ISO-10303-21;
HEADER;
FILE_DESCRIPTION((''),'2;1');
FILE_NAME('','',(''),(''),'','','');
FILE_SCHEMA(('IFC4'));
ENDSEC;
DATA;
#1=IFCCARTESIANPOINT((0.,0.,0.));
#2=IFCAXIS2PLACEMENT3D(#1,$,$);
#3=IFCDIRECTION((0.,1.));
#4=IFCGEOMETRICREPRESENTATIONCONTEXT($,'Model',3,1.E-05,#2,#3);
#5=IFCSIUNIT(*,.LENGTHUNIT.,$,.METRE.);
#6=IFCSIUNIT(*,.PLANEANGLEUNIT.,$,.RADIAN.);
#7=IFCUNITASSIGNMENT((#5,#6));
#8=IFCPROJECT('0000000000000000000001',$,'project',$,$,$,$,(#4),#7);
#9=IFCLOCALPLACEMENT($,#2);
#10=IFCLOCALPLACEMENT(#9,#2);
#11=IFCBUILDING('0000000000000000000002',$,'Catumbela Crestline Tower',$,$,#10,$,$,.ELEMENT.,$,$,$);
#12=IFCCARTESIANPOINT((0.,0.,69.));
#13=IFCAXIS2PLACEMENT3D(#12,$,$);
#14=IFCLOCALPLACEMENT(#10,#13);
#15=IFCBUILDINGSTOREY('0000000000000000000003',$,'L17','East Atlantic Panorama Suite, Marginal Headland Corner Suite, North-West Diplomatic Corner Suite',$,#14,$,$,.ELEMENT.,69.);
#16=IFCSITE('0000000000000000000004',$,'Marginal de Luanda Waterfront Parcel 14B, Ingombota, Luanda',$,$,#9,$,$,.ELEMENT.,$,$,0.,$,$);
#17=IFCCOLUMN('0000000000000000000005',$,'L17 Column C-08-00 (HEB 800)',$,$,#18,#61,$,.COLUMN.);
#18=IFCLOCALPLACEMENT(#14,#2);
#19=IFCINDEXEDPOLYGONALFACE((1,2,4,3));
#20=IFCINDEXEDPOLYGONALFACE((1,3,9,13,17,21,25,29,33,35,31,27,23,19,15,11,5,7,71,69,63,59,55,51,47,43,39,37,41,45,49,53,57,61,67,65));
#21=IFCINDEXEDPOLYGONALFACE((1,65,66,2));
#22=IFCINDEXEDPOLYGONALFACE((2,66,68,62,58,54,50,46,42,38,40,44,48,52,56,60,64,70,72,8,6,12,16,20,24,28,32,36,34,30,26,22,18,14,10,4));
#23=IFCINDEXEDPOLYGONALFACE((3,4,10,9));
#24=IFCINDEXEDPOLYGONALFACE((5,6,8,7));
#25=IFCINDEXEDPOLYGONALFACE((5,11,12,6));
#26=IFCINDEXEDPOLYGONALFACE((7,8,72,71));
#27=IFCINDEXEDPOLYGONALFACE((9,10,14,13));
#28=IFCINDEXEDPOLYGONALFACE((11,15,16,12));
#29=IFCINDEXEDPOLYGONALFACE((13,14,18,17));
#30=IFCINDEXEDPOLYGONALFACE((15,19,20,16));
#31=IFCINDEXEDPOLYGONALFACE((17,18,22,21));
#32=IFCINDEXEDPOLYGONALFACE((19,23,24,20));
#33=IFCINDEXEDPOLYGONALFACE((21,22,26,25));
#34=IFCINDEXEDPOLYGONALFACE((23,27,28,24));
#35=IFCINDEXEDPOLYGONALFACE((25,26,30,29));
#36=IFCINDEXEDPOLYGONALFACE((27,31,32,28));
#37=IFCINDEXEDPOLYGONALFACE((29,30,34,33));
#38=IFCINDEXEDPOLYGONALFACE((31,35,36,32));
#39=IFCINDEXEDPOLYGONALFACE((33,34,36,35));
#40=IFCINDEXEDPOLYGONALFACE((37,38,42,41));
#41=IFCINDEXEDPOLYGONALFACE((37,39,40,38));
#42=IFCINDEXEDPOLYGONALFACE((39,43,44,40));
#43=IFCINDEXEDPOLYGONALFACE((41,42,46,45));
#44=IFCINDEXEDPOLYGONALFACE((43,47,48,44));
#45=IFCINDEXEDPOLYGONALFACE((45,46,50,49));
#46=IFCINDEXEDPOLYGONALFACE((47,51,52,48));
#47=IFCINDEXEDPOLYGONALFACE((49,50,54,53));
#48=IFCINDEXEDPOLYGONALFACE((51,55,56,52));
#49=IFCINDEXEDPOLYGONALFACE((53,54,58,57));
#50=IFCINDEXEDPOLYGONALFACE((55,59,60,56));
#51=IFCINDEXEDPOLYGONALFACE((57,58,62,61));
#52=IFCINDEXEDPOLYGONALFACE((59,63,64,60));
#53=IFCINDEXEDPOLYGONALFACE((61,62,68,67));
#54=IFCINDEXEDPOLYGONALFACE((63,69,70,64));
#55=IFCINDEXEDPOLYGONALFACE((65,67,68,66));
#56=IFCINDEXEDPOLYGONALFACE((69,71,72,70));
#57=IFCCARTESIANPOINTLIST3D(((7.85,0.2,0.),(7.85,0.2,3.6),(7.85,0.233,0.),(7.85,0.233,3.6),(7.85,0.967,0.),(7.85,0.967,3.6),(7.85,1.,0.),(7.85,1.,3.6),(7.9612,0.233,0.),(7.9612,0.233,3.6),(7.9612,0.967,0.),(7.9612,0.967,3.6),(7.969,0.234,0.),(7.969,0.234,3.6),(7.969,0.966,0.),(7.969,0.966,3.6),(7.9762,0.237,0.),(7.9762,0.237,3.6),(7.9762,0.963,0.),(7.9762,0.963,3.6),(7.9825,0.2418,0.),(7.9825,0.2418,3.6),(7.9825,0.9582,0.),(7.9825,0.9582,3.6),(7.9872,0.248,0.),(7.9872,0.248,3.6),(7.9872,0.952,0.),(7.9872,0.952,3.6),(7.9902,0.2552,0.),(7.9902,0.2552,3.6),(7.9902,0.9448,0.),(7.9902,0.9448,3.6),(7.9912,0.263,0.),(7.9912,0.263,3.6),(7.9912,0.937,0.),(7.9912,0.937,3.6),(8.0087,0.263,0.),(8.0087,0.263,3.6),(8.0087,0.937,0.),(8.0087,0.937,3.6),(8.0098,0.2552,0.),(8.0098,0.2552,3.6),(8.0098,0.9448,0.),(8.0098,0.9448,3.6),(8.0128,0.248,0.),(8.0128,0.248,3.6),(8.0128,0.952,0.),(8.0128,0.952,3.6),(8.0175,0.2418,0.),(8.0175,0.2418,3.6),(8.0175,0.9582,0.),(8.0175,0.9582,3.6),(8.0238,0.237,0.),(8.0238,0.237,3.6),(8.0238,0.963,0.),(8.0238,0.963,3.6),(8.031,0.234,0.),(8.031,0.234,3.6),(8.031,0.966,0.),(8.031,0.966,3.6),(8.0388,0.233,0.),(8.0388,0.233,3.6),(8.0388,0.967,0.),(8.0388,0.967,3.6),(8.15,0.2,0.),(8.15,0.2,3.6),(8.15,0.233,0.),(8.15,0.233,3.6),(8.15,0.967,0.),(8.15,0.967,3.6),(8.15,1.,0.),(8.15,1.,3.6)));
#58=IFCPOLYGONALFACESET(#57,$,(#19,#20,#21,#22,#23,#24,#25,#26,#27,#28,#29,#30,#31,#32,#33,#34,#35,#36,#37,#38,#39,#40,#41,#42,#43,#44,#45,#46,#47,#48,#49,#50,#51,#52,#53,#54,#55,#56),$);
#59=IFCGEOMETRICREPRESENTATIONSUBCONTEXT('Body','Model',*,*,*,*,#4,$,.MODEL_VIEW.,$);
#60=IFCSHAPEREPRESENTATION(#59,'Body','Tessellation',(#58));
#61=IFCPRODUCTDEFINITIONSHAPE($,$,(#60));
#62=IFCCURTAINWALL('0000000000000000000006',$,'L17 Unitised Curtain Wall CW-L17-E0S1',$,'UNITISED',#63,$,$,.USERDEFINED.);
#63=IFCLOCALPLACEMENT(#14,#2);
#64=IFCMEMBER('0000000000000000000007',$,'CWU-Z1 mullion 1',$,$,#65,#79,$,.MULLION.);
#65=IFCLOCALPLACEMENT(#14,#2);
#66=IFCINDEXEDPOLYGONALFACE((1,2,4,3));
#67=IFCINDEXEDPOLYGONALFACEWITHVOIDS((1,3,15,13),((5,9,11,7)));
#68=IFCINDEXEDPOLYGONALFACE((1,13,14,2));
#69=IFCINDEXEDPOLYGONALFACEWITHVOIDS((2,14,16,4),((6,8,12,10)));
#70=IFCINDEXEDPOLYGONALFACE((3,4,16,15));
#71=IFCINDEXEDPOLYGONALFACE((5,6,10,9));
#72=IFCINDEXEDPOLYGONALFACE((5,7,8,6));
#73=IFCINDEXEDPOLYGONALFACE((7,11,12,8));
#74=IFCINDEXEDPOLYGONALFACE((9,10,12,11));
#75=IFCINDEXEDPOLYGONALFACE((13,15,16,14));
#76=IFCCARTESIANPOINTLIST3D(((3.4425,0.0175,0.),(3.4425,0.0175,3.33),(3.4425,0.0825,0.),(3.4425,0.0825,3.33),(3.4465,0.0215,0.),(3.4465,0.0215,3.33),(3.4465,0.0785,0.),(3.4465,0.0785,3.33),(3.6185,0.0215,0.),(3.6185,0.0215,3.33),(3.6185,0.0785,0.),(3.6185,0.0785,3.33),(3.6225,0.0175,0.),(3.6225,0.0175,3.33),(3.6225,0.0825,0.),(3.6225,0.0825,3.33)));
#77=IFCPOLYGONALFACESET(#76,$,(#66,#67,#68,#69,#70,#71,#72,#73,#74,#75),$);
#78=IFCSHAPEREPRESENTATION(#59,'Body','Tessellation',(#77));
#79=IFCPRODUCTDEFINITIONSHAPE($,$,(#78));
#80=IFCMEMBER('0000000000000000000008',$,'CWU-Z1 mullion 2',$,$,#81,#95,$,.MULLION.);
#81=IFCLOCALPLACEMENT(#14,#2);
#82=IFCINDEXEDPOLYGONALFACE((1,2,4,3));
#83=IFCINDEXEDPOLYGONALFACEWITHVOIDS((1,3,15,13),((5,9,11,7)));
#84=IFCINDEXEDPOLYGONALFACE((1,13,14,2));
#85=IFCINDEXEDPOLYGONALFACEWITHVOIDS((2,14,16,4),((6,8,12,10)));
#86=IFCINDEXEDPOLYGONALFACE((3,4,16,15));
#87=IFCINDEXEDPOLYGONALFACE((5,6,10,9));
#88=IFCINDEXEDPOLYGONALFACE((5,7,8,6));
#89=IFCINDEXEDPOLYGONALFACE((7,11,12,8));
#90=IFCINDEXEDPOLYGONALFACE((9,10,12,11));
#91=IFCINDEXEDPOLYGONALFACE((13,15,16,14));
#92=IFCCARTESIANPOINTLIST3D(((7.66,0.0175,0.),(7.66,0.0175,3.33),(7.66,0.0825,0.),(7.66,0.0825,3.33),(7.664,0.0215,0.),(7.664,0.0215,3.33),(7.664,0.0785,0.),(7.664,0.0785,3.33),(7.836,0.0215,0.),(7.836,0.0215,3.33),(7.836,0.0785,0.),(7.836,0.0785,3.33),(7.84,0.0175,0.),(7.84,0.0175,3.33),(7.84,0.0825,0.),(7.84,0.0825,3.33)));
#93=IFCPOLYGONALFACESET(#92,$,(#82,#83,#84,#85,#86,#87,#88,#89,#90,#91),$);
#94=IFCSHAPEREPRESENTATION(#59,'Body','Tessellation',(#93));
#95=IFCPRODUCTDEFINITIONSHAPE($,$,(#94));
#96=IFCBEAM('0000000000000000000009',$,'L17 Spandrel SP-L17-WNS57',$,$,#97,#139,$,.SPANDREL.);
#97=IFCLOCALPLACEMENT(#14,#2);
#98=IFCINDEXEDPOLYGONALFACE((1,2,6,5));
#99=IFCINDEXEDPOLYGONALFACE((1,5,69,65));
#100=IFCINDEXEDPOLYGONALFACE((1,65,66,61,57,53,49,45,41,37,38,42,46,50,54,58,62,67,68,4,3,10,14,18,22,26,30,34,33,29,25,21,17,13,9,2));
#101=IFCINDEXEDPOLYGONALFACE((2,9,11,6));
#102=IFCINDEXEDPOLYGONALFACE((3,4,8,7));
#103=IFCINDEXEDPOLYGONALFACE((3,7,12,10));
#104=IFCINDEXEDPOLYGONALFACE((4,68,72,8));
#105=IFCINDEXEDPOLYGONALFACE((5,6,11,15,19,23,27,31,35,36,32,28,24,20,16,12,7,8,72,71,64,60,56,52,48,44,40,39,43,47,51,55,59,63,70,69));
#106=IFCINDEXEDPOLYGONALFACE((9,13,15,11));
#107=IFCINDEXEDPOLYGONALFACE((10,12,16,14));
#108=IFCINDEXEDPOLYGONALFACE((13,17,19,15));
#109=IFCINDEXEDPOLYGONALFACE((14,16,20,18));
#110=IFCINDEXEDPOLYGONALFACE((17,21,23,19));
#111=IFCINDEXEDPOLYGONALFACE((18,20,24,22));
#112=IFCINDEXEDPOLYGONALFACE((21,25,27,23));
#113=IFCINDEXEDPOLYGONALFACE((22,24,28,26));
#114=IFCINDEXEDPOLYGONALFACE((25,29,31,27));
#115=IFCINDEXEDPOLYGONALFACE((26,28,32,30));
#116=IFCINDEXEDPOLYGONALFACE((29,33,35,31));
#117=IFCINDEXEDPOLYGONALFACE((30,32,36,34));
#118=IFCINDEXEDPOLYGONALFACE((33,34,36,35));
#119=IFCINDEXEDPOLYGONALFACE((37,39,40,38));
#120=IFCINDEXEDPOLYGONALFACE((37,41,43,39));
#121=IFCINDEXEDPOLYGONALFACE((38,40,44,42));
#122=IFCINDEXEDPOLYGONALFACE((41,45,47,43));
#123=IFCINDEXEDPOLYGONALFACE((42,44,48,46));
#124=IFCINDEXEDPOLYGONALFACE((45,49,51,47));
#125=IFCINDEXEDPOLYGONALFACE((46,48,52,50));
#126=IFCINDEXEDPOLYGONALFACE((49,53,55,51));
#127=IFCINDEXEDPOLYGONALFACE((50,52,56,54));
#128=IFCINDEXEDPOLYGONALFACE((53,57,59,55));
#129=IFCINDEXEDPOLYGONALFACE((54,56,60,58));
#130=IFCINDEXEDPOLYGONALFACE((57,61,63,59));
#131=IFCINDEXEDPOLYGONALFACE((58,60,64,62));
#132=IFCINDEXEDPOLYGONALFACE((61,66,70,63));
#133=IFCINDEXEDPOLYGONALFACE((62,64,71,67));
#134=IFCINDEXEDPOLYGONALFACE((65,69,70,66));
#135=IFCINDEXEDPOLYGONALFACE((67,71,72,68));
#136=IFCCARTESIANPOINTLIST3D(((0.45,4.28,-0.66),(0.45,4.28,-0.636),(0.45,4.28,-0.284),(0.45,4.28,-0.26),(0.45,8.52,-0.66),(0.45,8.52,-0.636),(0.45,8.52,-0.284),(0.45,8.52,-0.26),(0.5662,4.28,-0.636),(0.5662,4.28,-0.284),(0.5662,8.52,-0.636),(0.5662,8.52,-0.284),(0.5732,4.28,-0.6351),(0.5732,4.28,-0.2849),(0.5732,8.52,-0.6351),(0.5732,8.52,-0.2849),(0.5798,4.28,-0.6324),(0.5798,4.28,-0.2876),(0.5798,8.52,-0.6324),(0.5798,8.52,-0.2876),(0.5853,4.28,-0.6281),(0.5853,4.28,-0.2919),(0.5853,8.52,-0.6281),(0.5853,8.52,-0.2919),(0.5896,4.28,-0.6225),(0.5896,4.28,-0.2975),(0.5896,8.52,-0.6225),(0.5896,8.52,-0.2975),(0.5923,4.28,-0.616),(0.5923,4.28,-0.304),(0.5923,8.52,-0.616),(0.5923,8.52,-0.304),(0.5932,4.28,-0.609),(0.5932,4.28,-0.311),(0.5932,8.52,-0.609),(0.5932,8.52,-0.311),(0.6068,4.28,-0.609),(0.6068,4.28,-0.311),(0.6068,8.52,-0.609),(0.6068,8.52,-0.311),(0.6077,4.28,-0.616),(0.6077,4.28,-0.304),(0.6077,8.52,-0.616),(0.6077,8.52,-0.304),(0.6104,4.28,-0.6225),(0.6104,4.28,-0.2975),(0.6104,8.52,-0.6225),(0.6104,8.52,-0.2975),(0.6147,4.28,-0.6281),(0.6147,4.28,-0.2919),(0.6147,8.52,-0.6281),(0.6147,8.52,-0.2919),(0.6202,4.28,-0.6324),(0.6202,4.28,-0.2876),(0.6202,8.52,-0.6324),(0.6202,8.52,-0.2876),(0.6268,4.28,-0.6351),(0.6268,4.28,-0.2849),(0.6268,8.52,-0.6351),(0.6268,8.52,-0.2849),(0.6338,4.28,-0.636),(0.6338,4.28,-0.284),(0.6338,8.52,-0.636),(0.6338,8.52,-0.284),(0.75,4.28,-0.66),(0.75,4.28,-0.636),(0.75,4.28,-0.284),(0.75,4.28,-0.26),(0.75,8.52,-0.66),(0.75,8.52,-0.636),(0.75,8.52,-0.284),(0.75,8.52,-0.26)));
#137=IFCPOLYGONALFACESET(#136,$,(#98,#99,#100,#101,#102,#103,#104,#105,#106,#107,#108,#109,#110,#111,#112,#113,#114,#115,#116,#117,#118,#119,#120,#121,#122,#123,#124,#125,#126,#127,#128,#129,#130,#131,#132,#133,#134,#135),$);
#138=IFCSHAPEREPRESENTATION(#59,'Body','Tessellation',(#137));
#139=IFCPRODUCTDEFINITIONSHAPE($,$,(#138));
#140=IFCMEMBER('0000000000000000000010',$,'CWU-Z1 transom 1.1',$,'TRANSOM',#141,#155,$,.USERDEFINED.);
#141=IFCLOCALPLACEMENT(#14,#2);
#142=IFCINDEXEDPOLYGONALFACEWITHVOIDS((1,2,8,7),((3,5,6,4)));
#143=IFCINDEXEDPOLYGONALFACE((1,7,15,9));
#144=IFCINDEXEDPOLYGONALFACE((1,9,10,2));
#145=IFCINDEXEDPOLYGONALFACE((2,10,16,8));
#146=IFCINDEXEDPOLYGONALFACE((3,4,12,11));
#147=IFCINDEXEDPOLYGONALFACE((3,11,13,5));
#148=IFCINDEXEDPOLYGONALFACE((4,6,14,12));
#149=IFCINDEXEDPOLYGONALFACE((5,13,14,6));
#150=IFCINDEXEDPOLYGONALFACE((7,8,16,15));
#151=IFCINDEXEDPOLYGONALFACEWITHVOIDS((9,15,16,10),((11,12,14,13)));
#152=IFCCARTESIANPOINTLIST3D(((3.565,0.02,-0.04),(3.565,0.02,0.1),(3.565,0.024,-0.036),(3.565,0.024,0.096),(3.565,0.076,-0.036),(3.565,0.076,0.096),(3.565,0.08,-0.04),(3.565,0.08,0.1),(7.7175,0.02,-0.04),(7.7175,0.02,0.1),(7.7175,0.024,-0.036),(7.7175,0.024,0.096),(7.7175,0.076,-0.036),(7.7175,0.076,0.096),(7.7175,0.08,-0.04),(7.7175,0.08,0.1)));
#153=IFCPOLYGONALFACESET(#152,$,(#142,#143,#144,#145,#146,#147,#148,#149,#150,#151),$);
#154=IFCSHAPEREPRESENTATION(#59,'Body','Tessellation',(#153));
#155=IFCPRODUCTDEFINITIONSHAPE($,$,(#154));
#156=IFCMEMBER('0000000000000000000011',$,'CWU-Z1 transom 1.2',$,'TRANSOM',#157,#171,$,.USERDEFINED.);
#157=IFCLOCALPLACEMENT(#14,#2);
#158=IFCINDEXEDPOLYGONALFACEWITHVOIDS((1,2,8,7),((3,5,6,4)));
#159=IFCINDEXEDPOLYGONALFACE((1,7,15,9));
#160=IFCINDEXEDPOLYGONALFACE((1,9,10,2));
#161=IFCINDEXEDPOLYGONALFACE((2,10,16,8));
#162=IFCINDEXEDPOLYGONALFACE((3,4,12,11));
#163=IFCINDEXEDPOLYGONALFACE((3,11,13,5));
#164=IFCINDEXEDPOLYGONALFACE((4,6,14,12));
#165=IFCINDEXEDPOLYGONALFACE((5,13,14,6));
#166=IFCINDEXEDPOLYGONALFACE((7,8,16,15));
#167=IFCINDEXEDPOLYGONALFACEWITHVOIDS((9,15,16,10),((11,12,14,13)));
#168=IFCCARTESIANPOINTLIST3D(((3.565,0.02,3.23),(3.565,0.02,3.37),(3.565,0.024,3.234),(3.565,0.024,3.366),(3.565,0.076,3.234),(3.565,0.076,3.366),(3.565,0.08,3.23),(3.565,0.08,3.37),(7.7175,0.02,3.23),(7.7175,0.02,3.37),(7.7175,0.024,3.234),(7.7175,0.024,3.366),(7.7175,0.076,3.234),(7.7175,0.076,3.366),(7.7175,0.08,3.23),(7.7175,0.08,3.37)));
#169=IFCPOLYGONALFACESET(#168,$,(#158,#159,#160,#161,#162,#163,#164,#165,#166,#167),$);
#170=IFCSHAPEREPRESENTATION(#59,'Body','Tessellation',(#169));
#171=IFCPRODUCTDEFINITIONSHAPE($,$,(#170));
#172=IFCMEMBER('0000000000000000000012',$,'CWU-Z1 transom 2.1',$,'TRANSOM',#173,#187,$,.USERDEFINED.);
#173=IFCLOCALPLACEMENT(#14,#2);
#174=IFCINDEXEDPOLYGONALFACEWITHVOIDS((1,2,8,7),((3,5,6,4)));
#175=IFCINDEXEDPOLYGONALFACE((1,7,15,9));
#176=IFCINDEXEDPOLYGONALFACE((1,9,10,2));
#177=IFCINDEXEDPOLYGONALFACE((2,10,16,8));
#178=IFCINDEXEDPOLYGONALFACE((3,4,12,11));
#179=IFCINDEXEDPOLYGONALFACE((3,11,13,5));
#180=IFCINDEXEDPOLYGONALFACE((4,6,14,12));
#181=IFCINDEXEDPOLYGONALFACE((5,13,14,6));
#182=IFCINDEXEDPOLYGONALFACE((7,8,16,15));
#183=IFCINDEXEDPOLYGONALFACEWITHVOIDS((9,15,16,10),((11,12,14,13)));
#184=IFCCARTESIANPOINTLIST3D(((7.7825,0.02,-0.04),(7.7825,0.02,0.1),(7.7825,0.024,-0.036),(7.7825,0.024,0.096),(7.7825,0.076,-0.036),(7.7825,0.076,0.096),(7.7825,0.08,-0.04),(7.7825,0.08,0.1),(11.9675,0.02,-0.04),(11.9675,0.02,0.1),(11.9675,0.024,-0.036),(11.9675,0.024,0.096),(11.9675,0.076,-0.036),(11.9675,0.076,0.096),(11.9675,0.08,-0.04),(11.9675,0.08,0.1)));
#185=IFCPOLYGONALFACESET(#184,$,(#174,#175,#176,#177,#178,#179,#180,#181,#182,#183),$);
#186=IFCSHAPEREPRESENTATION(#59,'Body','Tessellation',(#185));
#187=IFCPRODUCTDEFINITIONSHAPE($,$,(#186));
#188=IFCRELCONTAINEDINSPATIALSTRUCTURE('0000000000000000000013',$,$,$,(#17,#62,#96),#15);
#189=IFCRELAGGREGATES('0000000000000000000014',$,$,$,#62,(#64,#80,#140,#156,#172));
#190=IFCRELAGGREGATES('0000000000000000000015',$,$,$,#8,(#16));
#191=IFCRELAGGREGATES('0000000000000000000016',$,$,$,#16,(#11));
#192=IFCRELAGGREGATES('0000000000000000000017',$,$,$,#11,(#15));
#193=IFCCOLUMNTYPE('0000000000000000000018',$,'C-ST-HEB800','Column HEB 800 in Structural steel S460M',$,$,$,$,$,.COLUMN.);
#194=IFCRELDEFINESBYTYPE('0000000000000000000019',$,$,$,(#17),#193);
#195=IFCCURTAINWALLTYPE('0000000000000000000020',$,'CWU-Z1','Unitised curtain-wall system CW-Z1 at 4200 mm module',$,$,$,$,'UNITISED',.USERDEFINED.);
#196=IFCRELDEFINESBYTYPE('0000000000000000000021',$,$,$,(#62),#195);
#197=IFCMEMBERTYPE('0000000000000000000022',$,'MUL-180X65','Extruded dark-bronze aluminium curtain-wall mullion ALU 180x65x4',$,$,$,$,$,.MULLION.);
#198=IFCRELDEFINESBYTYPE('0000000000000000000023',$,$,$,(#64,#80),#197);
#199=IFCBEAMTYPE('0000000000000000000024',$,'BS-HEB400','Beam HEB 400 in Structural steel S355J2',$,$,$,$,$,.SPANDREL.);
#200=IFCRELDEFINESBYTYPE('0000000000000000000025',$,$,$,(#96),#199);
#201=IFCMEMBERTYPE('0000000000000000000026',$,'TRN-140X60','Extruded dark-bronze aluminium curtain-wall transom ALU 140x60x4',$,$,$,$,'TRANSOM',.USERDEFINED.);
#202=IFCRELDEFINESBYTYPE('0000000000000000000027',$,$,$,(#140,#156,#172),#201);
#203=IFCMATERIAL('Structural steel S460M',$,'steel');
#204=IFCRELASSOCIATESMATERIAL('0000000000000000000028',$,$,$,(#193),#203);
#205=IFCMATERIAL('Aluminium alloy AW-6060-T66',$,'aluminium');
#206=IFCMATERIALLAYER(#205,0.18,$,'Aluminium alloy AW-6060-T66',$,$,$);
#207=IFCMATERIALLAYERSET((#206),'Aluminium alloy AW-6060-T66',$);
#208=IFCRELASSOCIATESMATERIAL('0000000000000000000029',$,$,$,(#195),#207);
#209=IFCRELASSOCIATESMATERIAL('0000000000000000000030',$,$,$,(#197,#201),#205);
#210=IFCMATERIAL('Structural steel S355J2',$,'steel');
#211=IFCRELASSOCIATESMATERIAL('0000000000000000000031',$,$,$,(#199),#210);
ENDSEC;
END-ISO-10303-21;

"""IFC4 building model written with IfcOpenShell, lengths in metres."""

from ifc_helpers import new_model, si_unit, direction, frame, origin, origin_2d, place, context, subcontext, project, spatial, hollow_rectangle, i_section, extrude, material, layer, layer_set, material_profile, profile_set, type_object, element, aggregate, save


model = new_model("IFC4")

# Units and contexts
model_context = context("Model", 3, precision=1e-05, world=origin(), true_north=direction((0.0, 1.0)))
body_context = subcontext(model_context, "Body", "Model", "MODEL_VIEW")
ifc_project = project(units=[si_unit("LENGTHUNIT", "METRE"), si_unit("PLANEANGLEUNIT", "RADIAN")], contexts=[model_context])

# Site, building, storey
site_placement = place(None, origin())
site = spatial("IfcSite", under=ifc_project, at=site_placement, Name="Marginal de Luanda Waterfront Parcel 14B, Ingombota, Luanda", CompositionType="ELEMENT", RefElevation=0.0)
building_placement = place(site_placement, origin())
building = spatial("IfcBuilding", under=site, at=building_placement, Name="Catumbela Crestline Tower", CompositionType="ELEMENT")
storey_placement = place(building_placement, frame((0.0, 0.0, 69.0)))
storey = spatial("IfcBuildingStorey", under=building, at=storey_placement, Name="L17", Description="East Atlantic Panorama Suite, Marginal Headland Corner Suite, North-West Diplomatic Corner Suite", CompositionType="ELEMENT", Elevation=69.0)

# Column
ifc_material_1 = material(Name="Structural steel S460M", Category="steel")
ifc_material_profile_1 = material_profile(ifc_material_1, i_section(OverallWidth=0.3, OverallDepth=0.8, WebThickness=0.0175, FlangeThickness=0.033, FilletRadius=0.03, at=origin_2d()), Name="HEB 800")
ifc_profile_set_1 = profile_set([ifc_material_profile_1], Name="Structural steel S460M")
column_type = type_object("IfcColumnType", Name="C-ST-HEB800", Description="Column HEB 800 in Structural steel S460M", PredefinedType="COLUMN", material=ifc_profile_set_1)
column_placement = place(storey_placement, frame((8.0, 0.6, 0.0), z_axis=(0.0, 0.0, 1.0), x_axis=(1.0, 0.0, 0.0)))
element("IfcColumn", 1, at=column_placement, inside=storey, type_object=column_type, Name="L17 Column C-08-00 (HEB 800)", PredefinedType="COLUMN", context=body_context, shape_type="SweptSolid", body=[
    extrude(i_section(OverallWidth=0.3, OverallDepth=0.8, WebThickness=0.0175, FlangeThickness=0.033, FilletRadius=0.03, at=origin_2d()), origin(), (0.0, 0.0, 1.0), 3.6),
])

# Curtain wall, members
ifc_material_2 = material(Name="Aluminium alloy AW-6060-T66", Category="aluminium")
ifc_layer_1 = layer(ifc_material_2, 0.18, Name="Aluminium alloy AW-6060-T66")
ifc_layer_set_1 = layer_set([ifc_layer_1], Name="Aluminium alloy AW-6060-T66")
curtain_wall_type = type_object("IfcCurtainWallType", Name="CWU-Z1", Description="Unitised curtain-wall system CW-Z1 at 4200 mm module", ElementType="UNITISED", PredefinedType="USERDEFINED", material=ifc_layer_set_1)
curtain_wall_placement = place(storey_placement, origin())
curtain_wall = element("IfcCurtainWall", 2, at=curtain_wall_placement, inside=storey, type_object=curtain_wall_type, Name="L17 Unitised Curtain Wall CW-L17-E0S1", ObjectType="UNITISED", PredefinedType="USERDEFINED")
ifc_material_profile_2 = material_profile(ifc_material_2, hollow_rectangle(XDim=0.065, YDim=0.18, WallThickness=0.004, at=origin_2d()), Name="ALU 180x65x4")
ifc_profile_set_2 = profile_set([ifc_material_profile_2], Name="Aluminium alloy AW-6060-T66")
member_type_1 = type_object("IfcMemberType", Name="MUL-180X65", Description="Extruded dark-bronze aluminium curtain-wall mullion ALU 180x65x4", PredefinedType="MULLION", material=ifc_profile_set_2)
member_1_placement = place(storey_placement, frame((3.5325, 0.05, 0.0), z_axis=(0.0, 0.0, 1.0), x_axis=(0.0, 1.0, 0.0)))
member_1 = element("IfcMember", 3, at=member_1_placement, type_object=member_type_1, Name="CWU-Z1 mullion 1", PredefinedType="MULLION", context=body_context, shape_type="SweptSolid", body=[
    extrude(hollow_rectangle(XDim=0.065, YDim=0.18, WallThickness=0.004, at=origin_2d()), origin(), (0.0, 0.0, 1.0), 3.33),
])
member_2_placement = place(storey_placement, frame((7.75, 0.05, 0.0), z_axis=(0.0, 0.0, 1.0), x_axis=(0.0, 1.0, 0.0)))
member_2 = element("IfcMember", 4, at=member_2_placement, type_object=member_type_1, Name="CWU-Z1 mullion 2", PredefinedType="MULLION", context=body_context, shape_type="SweptSolid", body=[
    extrude(hollow_rectangle(XDim=0.065, YDim=0.18, WallThickness=0.004, at=origin_2d()), origin(), (0.0, 0.0, 1.0), 3.33),
])

# Beam
ifc_material_3 = material(Name="Structural steel S355J2", Category="steel")
ifc_material_profile_3 = material_profile(ifc_material_3, i_section(OverallWidth=0.3, OverallDepth=0.4, WebThickness=0.0135, FlangeThickness=0.024, FilletRadius=0.027, at=origin_2d()), Name="HEB 400")
ifc_profile_set_3 = profile_set([ifc_material_profile_3], Name="Structural steel S355J2")
beam_type = type_object("IfcBeamType", Name="BS-HEB400", Description="Beam HEB 400 in Structural steel S355J2", PredefinedType="SPANDREL", material=ifc_profile_set_3)
beam_placement = place(storey_placement, frame((0.6, 4.28, -0.46), z_axis=(0.0, 1.0, 0.0), x_axis=(-1.0, 0.0, 0.0)))
element("IfcBeam", 5, at=beam_placement, inside=storey, type_object=beam_type, Name="L17 Spandrel SP-L17-WNS57", PredefinedType="SPANDREL", context=body_context, shape_type="SweptSolid", body=[
    extrude(i_section(OverallWidth=0.3, OverallDepth=0.4, WebThickness=0.0135, FlangeThickness=0.024, FilletRadius=0.027, at=origin_2d()), origin(), (0.0, 0.0, 1.0), 4.24),
])

# Members
ifc_material_profile_4 = material_profile(ifc_material_2, hollow_rectangle(XDim=0.06, YDim=0.14, WallThickness=0.004, at=origin_2d()), Name="ALU 140x60x4")
ifc_profile_set_4 = profile_set([ifc_material_profile_4], Name="Aluminium alloy AW-6060-T66")
member_type_2 = type_object("IfcMemberType", Name="TRN-140X60", Description="Extruded dark-bronze aluminium curtain-wall transom ALU 140x60x4", ElementType="TRANSOM", PredefinedType="USERDEFINED", material=ifc_profile_set_4)
member_3_placement = place(storey_placement, frame((3.565, 0.05, 0.03), z_axis=(1.0, 0.0, 0.0), x_axis=(0.0, 1.0, 0.0)))
member_3 = element("IfcMember", 6, at=member_3_placement, type_object=member_type_2, Name="CWU-Z1 transom 1.1", ObjectType="TRANSOM", PredefinedType="USERDEFINED", context=body_context, shape_type="SweptSolid", body=[
    extrude(hollow_rectangle(XDim=0.06, YDim=0.14, WallThickness=0.004, at=origin_2d()), origin(), (0.0, 0.0, 1.0), 4.1525),
])
member_4_placement = place(storey_placement, frame((3.565, 0.05, 3.3), z_axis=(1.0, 0.0, 0.0), x_axis=(0.0, 1.0, 0.0)))
member_4 = element("IfcMember", 7, at=member_4_placement, type_object=member_type_2, Name="CWU-Z1 transom 1.2", ObjectType="TRANSOM", PredefinedType="USERDEFINED", context=body_context, shape_type="SweptSolid", body=[
    extrude(hollow_rectangle(XDim=0.06, YDim=0.14, WallThickness=0.004, at=origin_2d()), origin(), (0.0, 0.0, 1.0), 4.1525),
])
member_5_placement = place(storey_placement, frame((7.7825, 0.05, 0.03), z_axis=(1.0, 0.0, 0.0), x_axis=(0.0, 1.0, 0.0)))
member_5 = element("IfcMember", 8, at=member_5_placement, type_object=member_type_2, Name="CWU-Z1 transom 2.1", ObjectType="TRANSOM", PredefinedType="USERDEFINED", context=body_context, shape_type="SweptSolid", body=[
    extrude(hollow_rectangle(XDim=0.06, YDim=0.14, WallThickness=0.004, at=origin_2d()), origin(), (0.0, 0.0, 1.0), 4.185),
])

aggregate(curtain_wall, [member_1, member_2, member_3, member_4, member_5])

save(model, "model.ifc")
